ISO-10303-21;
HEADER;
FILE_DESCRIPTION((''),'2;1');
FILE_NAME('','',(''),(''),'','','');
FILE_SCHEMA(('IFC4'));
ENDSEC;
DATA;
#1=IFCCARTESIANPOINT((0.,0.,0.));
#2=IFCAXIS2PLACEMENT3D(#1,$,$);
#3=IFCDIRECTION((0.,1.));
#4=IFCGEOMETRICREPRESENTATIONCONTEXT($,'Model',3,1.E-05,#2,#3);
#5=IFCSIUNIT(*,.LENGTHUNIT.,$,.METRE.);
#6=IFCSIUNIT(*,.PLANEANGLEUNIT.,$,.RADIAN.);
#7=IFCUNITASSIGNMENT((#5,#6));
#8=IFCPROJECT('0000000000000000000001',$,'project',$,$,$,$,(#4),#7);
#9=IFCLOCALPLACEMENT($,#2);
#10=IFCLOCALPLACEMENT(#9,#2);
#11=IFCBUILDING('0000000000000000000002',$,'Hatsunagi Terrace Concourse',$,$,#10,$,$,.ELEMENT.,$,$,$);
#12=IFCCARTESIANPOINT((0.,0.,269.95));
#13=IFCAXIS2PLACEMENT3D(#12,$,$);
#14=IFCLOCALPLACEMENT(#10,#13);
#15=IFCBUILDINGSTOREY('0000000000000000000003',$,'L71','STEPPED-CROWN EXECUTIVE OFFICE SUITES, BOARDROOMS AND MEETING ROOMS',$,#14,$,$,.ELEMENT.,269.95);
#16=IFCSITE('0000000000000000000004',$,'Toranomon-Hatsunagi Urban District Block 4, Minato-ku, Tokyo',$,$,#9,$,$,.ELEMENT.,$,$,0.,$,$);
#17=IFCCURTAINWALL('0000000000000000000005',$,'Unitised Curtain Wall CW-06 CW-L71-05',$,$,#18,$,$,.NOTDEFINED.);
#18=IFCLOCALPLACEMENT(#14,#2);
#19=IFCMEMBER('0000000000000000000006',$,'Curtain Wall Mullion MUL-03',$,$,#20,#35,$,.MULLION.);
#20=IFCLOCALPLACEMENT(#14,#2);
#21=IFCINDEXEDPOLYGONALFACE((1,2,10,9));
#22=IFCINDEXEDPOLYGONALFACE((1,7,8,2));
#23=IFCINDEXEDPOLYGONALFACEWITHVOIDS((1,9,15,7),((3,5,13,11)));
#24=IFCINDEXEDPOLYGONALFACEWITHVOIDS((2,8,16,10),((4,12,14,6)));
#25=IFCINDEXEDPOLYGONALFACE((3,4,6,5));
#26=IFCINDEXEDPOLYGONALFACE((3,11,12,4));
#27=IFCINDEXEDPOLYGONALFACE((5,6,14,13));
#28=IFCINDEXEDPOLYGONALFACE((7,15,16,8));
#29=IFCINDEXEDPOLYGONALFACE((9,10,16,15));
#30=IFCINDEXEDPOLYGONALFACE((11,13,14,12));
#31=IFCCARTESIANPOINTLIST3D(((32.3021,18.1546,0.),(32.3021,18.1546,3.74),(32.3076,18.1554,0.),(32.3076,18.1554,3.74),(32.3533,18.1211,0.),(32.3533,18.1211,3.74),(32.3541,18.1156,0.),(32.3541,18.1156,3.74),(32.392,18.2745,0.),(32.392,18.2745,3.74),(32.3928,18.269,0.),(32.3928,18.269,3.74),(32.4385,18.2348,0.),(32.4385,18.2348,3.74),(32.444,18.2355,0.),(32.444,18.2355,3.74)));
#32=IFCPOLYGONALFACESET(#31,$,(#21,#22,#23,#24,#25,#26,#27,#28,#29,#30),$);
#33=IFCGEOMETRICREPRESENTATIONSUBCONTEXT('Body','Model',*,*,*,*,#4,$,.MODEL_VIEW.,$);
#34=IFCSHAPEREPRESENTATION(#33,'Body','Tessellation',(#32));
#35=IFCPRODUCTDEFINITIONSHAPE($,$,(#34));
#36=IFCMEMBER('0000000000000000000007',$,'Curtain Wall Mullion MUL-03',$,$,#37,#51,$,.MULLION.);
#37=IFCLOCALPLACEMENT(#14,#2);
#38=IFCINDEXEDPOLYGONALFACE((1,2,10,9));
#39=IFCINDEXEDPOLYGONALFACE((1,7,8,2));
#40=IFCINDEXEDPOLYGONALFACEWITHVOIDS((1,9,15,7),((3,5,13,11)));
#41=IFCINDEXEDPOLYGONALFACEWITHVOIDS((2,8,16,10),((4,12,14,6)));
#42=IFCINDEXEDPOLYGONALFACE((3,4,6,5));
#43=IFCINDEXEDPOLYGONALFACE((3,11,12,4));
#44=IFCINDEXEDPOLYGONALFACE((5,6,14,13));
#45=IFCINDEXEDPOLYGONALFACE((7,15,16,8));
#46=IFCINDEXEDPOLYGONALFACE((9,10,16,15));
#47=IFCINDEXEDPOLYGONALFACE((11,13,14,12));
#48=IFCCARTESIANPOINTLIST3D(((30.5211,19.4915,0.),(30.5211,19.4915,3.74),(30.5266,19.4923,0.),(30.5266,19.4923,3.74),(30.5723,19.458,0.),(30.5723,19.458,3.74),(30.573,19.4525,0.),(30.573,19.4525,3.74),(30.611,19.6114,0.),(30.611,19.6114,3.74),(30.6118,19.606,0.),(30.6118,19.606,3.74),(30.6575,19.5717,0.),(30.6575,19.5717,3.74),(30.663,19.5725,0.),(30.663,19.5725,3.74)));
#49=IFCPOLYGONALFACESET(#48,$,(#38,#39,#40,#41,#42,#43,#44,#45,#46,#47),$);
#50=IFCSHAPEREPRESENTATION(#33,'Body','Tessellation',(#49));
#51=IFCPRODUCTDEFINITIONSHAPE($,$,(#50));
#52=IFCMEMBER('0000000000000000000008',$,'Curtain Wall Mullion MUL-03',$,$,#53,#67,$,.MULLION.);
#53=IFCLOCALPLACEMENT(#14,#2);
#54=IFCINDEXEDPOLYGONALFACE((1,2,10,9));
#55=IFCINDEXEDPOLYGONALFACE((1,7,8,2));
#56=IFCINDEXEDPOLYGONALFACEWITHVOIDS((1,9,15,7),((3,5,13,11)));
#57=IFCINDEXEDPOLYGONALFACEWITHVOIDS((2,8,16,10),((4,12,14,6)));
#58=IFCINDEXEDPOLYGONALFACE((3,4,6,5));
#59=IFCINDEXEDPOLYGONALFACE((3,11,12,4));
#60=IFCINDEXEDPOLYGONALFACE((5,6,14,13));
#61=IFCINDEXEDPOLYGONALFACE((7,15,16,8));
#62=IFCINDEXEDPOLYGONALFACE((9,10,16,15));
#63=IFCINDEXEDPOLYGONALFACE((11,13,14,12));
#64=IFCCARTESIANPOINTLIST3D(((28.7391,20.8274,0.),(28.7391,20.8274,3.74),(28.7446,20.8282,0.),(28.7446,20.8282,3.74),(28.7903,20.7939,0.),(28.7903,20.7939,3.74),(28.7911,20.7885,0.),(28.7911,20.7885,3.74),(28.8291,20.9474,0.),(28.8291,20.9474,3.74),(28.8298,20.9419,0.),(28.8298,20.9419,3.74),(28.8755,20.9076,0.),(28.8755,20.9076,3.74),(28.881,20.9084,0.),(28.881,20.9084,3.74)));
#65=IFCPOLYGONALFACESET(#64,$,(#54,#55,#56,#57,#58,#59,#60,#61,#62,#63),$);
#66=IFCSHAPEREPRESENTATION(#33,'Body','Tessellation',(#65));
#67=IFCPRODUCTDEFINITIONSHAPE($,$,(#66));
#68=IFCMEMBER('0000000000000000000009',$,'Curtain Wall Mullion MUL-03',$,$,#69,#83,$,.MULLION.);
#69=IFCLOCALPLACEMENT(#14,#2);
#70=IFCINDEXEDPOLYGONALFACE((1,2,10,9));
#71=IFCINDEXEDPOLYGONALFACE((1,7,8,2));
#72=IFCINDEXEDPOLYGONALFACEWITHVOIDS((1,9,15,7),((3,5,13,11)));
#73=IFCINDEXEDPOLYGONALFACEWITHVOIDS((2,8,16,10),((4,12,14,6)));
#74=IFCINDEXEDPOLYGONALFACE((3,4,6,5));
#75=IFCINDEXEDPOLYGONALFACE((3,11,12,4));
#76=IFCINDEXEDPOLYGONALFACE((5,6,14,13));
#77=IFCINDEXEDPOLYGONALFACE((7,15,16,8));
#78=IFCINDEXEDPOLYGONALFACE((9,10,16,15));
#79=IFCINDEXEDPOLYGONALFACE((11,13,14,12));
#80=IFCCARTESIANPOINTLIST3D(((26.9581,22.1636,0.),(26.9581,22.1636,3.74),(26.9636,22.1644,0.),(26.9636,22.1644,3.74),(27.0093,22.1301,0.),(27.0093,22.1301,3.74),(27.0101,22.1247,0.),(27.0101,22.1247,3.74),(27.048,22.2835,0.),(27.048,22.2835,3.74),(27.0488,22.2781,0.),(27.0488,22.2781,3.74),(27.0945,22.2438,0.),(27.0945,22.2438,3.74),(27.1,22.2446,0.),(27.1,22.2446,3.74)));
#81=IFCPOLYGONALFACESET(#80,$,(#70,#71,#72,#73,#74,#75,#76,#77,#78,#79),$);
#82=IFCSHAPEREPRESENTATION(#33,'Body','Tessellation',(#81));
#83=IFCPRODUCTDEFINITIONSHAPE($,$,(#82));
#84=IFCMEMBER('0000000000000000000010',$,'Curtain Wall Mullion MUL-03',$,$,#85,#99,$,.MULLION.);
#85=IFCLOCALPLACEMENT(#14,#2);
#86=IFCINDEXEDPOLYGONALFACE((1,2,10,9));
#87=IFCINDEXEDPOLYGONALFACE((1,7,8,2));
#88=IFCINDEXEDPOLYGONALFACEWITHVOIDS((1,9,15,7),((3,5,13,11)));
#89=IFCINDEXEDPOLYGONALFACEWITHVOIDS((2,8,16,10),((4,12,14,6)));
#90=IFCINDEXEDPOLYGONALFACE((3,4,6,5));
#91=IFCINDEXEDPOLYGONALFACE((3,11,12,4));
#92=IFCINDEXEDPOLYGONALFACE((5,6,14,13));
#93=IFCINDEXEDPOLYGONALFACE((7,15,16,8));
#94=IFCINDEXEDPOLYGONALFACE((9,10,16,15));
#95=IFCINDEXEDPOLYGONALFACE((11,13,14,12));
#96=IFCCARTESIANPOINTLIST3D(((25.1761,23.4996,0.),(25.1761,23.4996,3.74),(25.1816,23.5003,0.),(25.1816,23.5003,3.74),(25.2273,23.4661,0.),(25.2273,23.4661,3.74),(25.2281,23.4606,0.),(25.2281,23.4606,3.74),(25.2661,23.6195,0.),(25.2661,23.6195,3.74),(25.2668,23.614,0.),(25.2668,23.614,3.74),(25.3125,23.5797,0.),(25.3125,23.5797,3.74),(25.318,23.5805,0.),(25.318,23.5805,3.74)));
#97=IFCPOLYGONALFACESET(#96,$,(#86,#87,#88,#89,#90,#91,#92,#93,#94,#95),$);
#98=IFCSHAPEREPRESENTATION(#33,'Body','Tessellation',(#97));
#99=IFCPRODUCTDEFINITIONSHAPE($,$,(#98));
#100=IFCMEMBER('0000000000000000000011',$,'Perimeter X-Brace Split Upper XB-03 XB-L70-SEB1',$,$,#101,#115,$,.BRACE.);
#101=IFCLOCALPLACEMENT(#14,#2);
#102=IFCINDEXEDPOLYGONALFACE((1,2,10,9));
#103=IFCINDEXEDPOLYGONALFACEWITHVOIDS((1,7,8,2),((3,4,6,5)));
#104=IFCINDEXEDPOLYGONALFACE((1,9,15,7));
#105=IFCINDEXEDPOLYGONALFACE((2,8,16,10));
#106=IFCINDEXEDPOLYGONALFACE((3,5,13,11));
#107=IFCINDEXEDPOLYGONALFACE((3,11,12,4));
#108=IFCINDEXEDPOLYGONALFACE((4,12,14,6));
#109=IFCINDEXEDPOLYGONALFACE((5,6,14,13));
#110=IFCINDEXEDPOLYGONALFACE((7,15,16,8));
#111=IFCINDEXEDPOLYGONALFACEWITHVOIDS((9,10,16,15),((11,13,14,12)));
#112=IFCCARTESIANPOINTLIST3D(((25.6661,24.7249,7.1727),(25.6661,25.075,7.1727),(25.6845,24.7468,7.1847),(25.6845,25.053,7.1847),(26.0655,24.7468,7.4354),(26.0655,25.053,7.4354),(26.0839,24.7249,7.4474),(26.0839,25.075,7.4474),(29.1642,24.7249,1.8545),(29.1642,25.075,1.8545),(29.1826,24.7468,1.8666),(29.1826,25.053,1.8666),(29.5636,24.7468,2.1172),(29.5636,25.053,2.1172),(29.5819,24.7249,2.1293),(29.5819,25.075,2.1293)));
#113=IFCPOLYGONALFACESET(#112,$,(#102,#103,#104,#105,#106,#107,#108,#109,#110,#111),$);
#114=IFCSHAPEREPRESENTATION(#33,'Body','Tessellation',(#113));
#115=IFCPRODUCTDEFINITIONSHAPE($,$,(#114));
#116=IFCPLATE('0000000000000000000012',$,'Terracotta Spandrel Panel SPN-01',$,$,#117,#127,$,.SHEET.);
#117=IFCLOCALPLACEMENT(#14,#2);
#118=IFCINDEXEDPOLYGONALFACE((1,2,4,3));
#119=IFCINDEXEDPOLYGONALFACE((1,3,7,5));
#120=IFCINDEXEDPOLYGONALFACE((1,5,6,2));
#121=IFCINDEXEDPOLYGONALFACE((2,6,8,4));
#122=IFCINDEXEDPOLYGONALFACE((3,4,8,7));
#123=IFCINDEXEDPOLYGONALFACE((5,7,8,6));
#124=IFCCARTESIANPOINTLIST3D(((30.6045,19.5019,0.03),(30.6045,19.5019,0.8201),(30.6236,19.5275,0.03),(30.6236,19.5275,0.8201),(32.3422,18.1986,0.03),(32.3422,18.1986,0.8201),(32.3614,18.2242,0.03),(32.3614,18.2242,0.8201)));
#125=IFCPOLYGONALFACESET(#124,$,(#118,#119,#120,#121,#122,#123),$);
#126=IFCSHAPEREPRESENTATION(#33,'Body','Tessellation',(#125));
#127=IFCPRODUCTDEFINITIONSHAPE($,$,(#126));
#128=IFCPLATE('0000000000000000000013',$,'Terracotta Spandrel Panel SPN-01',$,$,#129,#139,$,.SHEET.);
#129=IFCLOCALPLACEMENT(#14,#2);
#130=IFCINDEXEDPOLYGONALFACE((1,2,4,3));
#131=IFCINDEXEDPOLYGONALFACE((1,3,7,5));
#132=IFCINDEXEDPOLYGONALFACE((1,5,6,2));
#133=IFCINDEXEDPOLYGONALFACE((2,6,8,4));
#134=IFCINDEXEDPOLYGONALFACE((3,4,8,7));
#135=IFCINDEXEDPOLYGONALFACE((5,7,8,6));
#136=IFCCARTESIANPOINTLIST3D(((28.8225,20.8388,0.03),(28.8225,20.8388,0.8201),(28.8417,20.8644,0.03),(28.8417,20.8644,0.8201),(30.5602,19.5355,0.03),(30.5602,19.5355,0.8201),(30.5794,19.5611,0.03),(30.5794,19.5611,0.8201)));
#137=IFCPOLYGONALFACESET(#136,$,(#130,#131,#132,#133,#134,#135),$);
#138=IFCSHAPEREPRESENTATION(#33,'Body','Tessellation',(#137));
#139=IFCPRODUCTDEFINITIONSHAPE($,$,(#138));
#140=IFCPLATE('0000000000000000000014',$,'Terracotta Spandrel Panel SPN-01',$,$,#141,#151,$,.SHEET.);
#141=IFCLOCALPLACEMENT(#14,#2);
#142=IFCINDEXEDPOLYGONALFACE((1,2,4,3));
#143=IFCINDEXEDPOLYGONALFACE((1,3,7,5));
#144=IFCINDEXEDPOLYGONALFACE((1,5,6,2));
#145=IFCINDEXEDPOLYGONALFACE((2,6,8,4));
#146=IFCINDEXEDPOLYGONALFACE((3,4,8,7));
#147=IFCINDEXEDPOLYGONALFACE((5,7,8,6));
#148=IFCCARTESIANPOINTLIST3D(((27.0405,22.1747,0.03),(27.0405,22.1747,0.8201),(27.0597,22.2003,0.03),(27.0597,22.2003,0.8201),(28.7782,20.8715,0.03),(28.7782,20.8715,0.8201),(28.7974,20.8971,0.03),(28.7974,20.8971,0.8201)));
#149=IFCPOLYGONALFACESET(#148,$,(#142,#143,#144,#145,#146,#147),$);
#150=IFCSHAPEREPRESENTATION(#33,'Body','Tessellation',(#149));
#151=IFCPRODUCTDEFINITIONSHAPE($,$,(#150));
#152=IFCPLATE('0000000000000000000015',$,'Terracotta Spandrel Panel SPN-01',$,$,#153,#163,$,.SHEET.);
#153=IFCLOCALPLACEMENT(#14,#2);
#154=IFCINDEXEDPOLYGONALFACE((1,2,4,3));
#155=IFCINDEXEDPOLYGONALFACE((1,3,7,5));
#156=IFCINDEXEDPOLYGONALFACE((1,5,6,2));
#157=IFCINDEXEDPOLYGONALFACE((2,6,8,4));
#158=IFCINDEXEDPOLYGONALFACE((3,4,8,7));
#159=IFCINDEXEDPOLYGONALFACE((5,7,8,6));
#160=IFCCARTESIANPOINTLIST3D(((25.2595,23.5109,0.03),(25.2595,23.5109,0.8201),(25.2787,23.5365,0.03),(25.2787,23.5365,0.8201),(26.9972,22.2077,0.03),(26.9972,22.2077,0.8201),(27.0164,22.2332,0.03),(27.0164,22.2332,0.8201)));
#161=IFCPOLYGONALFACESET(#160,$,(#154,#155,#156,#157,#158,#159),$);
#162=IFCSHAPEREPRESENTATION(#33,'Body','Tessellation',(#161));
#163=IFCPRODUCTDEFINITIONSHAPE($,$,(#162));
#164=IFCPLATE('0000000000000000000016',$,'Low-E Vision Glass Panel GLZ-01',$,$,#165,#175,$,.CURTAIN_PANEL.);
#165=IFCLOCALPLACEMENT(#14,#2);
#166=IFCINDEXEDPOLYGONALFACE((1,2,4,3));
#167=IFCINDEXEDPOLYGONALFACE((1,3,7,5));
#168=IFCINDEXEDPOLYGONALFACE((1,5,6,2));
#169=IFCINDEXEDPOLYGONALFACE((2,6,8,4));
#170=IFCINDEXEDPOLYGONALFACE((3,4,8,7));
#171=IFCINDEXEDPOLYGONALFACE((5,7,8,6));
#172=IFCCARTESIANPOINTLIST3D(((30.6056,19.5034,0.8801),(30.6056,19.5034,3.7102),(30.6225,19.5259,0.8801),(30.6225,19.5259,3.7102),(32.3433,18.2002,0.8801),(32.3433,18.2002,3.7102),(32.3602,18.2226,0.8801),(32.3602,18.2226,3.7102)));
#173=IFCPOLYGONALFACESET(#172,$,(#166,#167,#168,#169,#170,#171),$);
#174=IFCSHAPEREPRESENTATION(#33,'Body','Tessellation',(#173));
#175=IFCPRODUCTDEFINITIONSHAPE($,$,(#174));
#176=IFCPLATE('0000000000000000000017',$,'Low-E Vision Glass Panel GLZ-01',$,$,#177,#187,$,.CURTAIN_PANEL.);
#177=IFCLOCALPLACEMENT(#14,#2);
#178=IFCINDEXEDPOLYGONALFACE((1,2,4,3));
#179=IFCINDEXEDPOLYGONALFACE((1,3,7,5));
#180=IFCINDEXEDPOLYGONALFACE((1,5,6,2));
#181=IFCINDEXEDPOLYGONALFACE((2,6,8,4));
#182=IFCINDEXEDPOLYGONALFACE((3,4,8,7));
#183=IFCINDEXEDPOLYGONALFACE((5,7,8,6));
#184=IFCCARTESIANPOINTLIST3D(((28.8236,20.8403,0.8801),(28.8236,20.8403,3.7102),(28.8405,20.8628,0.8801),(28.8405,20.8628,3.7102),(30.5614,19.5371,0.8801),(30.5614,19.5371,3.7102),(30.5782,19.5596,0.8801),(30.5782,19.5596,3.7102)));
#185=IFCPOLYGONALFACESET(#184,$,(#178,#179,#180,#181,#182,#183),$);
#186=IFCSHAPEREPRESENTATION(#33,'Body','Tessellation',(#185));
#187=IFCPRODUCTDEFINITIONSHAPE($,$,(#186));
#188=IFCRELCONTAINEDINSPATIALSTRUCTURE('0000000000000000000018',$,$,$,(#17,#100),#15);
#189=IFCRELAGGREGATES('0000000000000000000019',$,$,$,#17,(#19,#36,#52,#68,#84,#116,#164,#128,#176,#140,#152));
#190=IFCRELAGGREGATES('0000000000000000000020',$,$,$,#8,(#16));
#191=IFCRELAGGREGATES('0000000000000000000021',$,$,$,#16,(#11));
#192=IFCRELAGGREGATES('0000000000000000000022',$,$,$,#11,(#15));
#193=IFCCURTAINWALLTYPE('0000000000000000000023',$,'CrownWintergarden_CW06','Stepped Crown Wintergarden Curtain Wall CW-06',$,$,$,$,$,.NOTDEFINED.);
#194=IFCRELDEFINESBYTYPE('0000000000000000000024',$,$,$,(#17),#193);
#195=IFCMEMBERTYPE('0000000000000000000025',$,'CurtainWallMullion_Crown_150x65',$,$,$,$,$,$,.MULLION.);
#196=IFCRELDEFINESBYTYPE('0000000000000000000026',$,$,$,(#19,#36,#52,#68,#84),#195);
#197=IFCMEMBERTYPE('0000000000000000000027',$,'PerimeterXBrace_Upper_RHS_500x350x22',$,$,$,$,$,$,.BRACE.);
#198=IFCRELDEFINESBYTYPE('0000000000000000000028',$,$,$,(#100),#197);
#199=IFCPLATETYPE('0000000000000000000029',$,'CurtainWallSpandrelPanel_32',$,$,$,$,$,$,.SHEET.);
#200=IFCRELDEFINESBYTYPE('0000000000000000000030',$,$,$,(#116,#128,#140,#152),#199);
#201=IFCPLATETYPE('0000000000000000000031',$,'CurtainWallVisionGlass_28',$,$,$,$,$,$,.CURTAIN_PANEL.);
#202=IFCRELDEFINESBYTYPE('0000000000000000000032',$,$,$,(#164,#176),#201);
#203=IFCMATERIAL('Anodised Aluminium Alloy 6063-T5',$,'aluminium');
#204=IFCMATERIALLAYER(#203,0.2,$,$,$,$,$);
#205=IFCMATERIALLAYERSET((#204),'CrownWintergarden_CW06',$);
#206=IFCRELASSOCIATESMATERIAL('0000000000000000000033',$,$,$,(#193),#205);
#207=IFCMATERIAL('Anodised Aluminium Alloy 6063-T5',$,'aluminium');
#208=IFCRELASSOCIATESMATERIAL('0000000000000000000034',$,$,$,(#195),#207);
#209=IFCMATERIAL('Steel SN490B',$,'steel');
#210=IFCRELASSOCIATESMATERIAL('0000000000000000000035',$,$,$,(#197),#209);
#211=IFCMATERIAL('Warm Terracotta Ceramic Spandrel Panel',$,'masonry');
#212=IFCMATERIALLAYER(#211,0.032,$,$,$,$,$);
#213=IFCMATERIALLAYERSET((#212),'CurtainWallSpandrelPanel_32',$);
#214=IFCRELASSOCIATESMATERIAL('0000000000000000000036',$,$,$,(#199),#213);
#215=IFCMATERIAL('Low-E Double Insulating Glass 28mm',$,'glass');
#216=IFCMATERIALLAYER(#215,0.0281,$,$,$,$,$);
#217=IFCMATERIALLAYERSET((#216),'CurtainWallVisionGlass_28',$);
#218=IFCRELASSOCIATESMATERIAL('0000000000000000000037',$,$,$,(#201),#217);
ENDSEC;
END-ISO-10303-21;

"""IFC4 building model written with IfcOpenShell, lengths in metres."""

from ifc_helpers import new_model, si_unit, direction, frame, origin, origin_2d, place, context, subcontext, project, spatial, rectangle, hollow_rectangle, extrude, material, layer, layer_set, material_profile, profile_set, type_object, element, aggregate, save


model = new_model("IFC4")

# Units and contexts
model_context = context("Model", 3, precision=1e-05, world=origin(), true_north=direction((0.0, 1.0)))
body_context = subcontext(model_context, "Body", "Model", "MODEL_VIEW")
ifc_project = project(units=[si_unit("LENGTHUNIT", "METRE"), si_unit("PLANEANGLEUNIT", "RADIAN")], contexts=[model_context])

# Site, building, storey
site_placement = place(None, origin())
site = spatial("IfcSite", under=ifc_project, at=site_placement, Name="Toranomon-Hatsunagi Urban District Block 4, Minato-ku, Tokyo", CompositionType="ELEMENT", RefElevation=0.0)
building_placement = place(site_placement, origin())
building = spatial("IfcBuilding", under=site, at=building_placement, Name="Hatsunagi Terrace Concourse", CompositionType="ELEMENT")
storey_placement = place(building_placement, frame((0.0, 0.0, 269.95)))
storey = spatial("IfcBuildingStorey", under=building, at=storey_placement, Name="L71", Description="STEPPED-CROWN EXECUTIVE OFFICE SUITES, BOARDROOMS AND MEETING ROOMS", CompositionType="ELEMENT", Elevation=269.95)

# Curtain wall, members
ifc_material_1 = material(Name="Anodised Aluminium Alloy 6063-T5", Category="aluminium")
ifc_layer_1 = layer(ifc_material_1, 0.2)
ifc_layer_set_1 = layer_set([ifc_layer_1], Name="CrownWintergarden_CW06")
curtain_wall_type = type_object("IfcCurtainWallType", Name="CrownWintergarden_CW06", Description="Stepped Crown Wintergarden Curtain Wall CW-06", PredefinedType="NOTDEFINED", material=ifc_layer_set_1)
curtain_wall_placement = place(storey_placement, origin())
curtain_wall = element("IfcCurtainWall", 1, at=curtain_wall_placement, inside=storey, type_object=curtain_wall_type, Name="Unitised Curtain Wall CW-06 CW-L71-05", PredefinedType="NOTDEFINED")
ifc_material_2 = material(Name="Anodised Aluminium Alloy 6063-T5", Category="aluminium")
ifc_material_profile_1 = material_profile(ifc_material_2, hollow_rectangle(XDim=0.0649, YDim=0.1499, WallThickness=0.0039, at=origin_2d()), Name="ALU-MUL-150x65x4")
ifc_profile_set_1 = profile_set([ifc_material_profile_1], Name="Anodised Aluminium Alloy 6063-T5")
member_type_1 = type_object("IfcMemberType", Name="CurtainWallMullion_Crown_150x65", PredefinedType="MULLION", material=ifc_profile_set_1)
member_1_placement = place(storey_placement, frame((32.373, 18.1951, 0.0), z_axis=(0.0, 0.0, 1.0), x_axis=(-0.800007, 0.59999, 0.0)))
member_1 = element("IfcMember", 2, at=member_1_placement, type_object=member_type_1, Name="Curtain Wall Mullion MUL-03", PredefinedType="MULLION", context=body_context, shape_type="SweptSolid", body=[
    extrude(hollow_rectangle(XDim=0.0649, YDim=0.1499, WallThickness=0.0039, at=origin_2d()), origin(), (0.0, 0.0, 1.0), 3.74),
])
member_2_placement = place(storey_placement, frame((30.592, 19.532, 0.0), z_axis=(0.0, 0.0, 1.0), x_axis=(-0.800007, 0.59999, 0.0)))
member_2 = element("IfcMember", 3, at=member_2_placement, type_object=member_type_1, Name="Curtain Wall Mullion MUL-03", PredefinedType="MULLION", context=body_context, shape_type="SweptSolid", body=[
    extrude(hollow_rectangle(XDim=0.0649, YDim=0.1499, WallThickness=0.0039, at=origin_2d()), origin(), (0.0, 0.0, 1.0), 3.74),
])
member_3_placement = place(storey_placement, frame((28.8101, 20.8679, 0.0), z_axis=(0.0, 0.0, 1.0), x_axis=(-0.800007, 0.59999, 0.0)))
member_3 = element("IfcMember", 4, at=member_3_placement, type_object=member_type_1, Name="Curtain Wall Mullion MUL-03", PredefinedType="MULLION", context=body_context, shape_type="SweptSolid", body=[
    extrude(hollow_rectangle(XDim=0.0649, YDim=0.1499, WallThickness=0.0039, at=origin_2d()), origin(), (0.0, 0.0, 1.0), 3.74),
])
member_4_placement = place(storey_placement, frame((27.0291, 22.2041, 0.0), z_axis=(0.0, 0.0, 1.0), x_axis=(-0.800007, 0.59999, 0.0)))
member_4 = element("IfcMember", 5, at=member_4_placement, type_object=member_type_1, Name="Curtain Wall Mullion MUL-03", PredefinedType="MULLION", context=body_context, shape_type="SweptSolid", body=[
    extrude(hollow_rectangle(XDim=0.0649, YDim=0.1499, WallThickness=0.0039, at=origin_2d()), origin(), (0.0, 0.0, 1.0), 3.74),
])
member_5_placement = place(storey_placement, frame((25.2471, 23.54, 0.0), z_axis=(0.0, 0.0, 1.0), x_axis=(-0.800007, 0.59999, 0.0)))
member_5 = element("IfcMember", 6, at=member_5_placement, type_object=member_type_1, Name="Curtain Wall Mullion MUL-03", PredefinedType="MULLION", context=body_context, shape_type="SweptSolid", body=[
    extrude(hollow_rectangle(XDim=0.0649, YDim=0.1499, WallThickness=0.0039, at=origin_2d()), origin(), (0.0, 0.0, 1.0), 3.74),
])

# Member
ifc_material_3 = material(Name="Steel SN490B", Category="steel")
ifc_material_profile_2 = material_profile(ifc_material_3, hollow_rectangle(XDim=0.3501, YDim=0.5, WallThickness=0.022, at=origin_2d()), Name="RHS-500x350x22")
ifc_profile_set_2 = profile_set([ifc_material_profile_2], Name="Steel SN490B")
member_type_2 = type_object("IfcMemberType", Name="PerimeterXBrace_Upper_RHS_500x350x22", PredefinedType="BRACE", material=ifc_profile_set_2)
member_6_placement = place(storey_placement, frame((25.875, 24.8999, 7.3101), z_axis=(0.549538, 0.0, -0.835469), x_axis=(0.0, 1.0, 0.0)))
element("IfcMember", 7, at=member_6_placement, inside=storey, type_object=member_type_2, Name="Perimeter X-Brace Split Upper XB-03 XB-L70-SEB1", PredefinedType="BRACE", context=body_context, shape_type="SweptSolid", body=[
    extrude(hollow_rectangle(XDim=0.3501, YDim=0.5, WallThickness=0.022, at=origin_2d()), origin(), (0.0, 0.0, 1.0), 6.3655),
])

# Plates
ifc_material_4 = material(Name="Warm Terracotta Ceramic Spandrel Panel", Category="masonry")
ifc_layer_2 = layer(ifc_material_4, 0.032)
ifc_layer_set_2 = layer_set([ifc_layer_2], Name="CurtainWallSpandrelPanel_32")
plate_type_1 = type_object("IfcPlateType", Name="CurtainWallSpandrelPanel_32", PredefinedType="SHEET", material=ifc_layer_set_2)
plate_1_placement = place(storey_placement, frame((31.4829, 18.863, 0.03), z_axis=(0.0, 0.0, 1.0), x_axis=(-0.800007, 0.59999, 0.0)))
plate_1 = element("IfcPlate", 8, at=plate_1_placement, type_object=plate_type_1, Name="Terracotta Spandrel Panel SPN-01", PredefinedType="SHEET", context=body_context, shape_type="SweptSolid", body=[
    extrude(rectangle(XDim=2.1721, YDim=0.032, at=origin_2d()), origin(), (0.0, 0.0, 1.0), 0.79),
])
plate_2_placement = place(storey_placement, frame((29.7009, 20.2, 0.03), z_axis=(0.0, 0.0, 1.0), x_axis=(-0.800007, 0.59999, 0.0)))
plate_2 = element("IfcPlate", 9, at=plate_2_placement, type_object=plate_type_1, Name="Terracotta Spandrel Panel SPN-01", PredefinedType="SHEET", context=body_context, shape_type="SweptSolid", body=[
    extrude(rectangle(XDim=2.1721, YDim=0.032, at=origin_2d()), origin(), (0.0, 0.0, 1.0), 0.79),
])
plate_3_placement = place(storey_placement, frame((27.9189, 21.5359, 0.03), z_axis=(0.0, 0.0, 1.0), x_axis=(-0.800007, 0.59999, 0.0)))
plate_3 = element("IfcPlate", 10, at=plate_3_placement, type_object=plate_type_1, Name="Terracotta Spandrel Panel SPN-01", PredefinedType="SHEET", context=body_context, shape_type="SweptSolid", body=[
    extrude(rectangle(XDim=2.1721, YDim=0.032, at=origin_2d()), origin(), (0.0, 0.0, 1.0), 0.79),
])
plate_4_placement = place(storey_placement, frame((26.1379, 22.8721, 0.03), z_axis=(0.0, 0.0, 1.0), x_axis=(-0.800007, 0.59999, 0.0)))
plate_4 = element("IfcPlate", 11, at=plate_4_placement, type_object=plate_type_1, Name="Terracotta Spandrel Panel SPN-01", PredefinedType="SHEET", context=body_context, shape_type="SweptSolid", body=[
    extrude(rectangle(XDim=2.1721, YDim=0.032, at=origin_2d()), origin(), (0.0, 0.0, 1.0), 0.79),
])
ifc_material_5 = material(Name="Low-E Double Insulating Glass 28mm", Category="glass")
ifc_layer_3 = layer(ifc_material_5, 0.0281)
ifc_layer_set_3 = layer_set([ifc_layer_3], Name="CurtainWallVisionGlass_28")
plate_type_2 = type_object("IfcPlateType", Name="CurtainWallVisionGlass_28", PredefinedType="CURTAIN_PANEL", material=ifc_layer_set_3)
plate_5_placement = place(storey_placement, frame((31.4829, 18.863, 0.8801), z_axis=(0.0, 0.0, 1.0), x_axis=(-0.800007, 0.59999, 0.0)))
plate_5 = element("IfcPlate", 12, at=plate_5_placement, type_object=plate_type_2, Name="Low-E Vision Glass Panel GLZ-01", PredefinedType="CURTAIN_PANEL", context=body_context, shape_type="SweptSolid", body=[
    extrude(rectangle(XDim=2.1721, YDim=0.0281, at=origin_2d()), origin(), (0.0, 0.0, 1.0), 2.8301),
])
plate_6_placement = place(storey_placement, frame((29.7009, 20.2, 0.8801), z_axis=(0.0, 0.0, 1.0), x_axis=(-0.800007, 0.59999, 0.0)))
plate_6 = element("IfcPlate", 13, at=plate_6_placement, type_object=plate_type_2, Name="Low-E Vision Glass Panel GLZ-01", PredefinedType="CURTAIN_PANEL", context=body_context, shape_type="SweptSolid", body=[
    extrude(rectangle(XDim=2.1721, YDim=0.0281, at=origin_2d()), origin(), (0.0, 0.0, 1.0), 2.8301),
])
aggregate(curtain_wall, [member_1, member_2, member_3, member_4, member_5, plate_1, plate_5, plate_2, plate_6, plate_3, plate_4])

save(model, "model.ifc")
